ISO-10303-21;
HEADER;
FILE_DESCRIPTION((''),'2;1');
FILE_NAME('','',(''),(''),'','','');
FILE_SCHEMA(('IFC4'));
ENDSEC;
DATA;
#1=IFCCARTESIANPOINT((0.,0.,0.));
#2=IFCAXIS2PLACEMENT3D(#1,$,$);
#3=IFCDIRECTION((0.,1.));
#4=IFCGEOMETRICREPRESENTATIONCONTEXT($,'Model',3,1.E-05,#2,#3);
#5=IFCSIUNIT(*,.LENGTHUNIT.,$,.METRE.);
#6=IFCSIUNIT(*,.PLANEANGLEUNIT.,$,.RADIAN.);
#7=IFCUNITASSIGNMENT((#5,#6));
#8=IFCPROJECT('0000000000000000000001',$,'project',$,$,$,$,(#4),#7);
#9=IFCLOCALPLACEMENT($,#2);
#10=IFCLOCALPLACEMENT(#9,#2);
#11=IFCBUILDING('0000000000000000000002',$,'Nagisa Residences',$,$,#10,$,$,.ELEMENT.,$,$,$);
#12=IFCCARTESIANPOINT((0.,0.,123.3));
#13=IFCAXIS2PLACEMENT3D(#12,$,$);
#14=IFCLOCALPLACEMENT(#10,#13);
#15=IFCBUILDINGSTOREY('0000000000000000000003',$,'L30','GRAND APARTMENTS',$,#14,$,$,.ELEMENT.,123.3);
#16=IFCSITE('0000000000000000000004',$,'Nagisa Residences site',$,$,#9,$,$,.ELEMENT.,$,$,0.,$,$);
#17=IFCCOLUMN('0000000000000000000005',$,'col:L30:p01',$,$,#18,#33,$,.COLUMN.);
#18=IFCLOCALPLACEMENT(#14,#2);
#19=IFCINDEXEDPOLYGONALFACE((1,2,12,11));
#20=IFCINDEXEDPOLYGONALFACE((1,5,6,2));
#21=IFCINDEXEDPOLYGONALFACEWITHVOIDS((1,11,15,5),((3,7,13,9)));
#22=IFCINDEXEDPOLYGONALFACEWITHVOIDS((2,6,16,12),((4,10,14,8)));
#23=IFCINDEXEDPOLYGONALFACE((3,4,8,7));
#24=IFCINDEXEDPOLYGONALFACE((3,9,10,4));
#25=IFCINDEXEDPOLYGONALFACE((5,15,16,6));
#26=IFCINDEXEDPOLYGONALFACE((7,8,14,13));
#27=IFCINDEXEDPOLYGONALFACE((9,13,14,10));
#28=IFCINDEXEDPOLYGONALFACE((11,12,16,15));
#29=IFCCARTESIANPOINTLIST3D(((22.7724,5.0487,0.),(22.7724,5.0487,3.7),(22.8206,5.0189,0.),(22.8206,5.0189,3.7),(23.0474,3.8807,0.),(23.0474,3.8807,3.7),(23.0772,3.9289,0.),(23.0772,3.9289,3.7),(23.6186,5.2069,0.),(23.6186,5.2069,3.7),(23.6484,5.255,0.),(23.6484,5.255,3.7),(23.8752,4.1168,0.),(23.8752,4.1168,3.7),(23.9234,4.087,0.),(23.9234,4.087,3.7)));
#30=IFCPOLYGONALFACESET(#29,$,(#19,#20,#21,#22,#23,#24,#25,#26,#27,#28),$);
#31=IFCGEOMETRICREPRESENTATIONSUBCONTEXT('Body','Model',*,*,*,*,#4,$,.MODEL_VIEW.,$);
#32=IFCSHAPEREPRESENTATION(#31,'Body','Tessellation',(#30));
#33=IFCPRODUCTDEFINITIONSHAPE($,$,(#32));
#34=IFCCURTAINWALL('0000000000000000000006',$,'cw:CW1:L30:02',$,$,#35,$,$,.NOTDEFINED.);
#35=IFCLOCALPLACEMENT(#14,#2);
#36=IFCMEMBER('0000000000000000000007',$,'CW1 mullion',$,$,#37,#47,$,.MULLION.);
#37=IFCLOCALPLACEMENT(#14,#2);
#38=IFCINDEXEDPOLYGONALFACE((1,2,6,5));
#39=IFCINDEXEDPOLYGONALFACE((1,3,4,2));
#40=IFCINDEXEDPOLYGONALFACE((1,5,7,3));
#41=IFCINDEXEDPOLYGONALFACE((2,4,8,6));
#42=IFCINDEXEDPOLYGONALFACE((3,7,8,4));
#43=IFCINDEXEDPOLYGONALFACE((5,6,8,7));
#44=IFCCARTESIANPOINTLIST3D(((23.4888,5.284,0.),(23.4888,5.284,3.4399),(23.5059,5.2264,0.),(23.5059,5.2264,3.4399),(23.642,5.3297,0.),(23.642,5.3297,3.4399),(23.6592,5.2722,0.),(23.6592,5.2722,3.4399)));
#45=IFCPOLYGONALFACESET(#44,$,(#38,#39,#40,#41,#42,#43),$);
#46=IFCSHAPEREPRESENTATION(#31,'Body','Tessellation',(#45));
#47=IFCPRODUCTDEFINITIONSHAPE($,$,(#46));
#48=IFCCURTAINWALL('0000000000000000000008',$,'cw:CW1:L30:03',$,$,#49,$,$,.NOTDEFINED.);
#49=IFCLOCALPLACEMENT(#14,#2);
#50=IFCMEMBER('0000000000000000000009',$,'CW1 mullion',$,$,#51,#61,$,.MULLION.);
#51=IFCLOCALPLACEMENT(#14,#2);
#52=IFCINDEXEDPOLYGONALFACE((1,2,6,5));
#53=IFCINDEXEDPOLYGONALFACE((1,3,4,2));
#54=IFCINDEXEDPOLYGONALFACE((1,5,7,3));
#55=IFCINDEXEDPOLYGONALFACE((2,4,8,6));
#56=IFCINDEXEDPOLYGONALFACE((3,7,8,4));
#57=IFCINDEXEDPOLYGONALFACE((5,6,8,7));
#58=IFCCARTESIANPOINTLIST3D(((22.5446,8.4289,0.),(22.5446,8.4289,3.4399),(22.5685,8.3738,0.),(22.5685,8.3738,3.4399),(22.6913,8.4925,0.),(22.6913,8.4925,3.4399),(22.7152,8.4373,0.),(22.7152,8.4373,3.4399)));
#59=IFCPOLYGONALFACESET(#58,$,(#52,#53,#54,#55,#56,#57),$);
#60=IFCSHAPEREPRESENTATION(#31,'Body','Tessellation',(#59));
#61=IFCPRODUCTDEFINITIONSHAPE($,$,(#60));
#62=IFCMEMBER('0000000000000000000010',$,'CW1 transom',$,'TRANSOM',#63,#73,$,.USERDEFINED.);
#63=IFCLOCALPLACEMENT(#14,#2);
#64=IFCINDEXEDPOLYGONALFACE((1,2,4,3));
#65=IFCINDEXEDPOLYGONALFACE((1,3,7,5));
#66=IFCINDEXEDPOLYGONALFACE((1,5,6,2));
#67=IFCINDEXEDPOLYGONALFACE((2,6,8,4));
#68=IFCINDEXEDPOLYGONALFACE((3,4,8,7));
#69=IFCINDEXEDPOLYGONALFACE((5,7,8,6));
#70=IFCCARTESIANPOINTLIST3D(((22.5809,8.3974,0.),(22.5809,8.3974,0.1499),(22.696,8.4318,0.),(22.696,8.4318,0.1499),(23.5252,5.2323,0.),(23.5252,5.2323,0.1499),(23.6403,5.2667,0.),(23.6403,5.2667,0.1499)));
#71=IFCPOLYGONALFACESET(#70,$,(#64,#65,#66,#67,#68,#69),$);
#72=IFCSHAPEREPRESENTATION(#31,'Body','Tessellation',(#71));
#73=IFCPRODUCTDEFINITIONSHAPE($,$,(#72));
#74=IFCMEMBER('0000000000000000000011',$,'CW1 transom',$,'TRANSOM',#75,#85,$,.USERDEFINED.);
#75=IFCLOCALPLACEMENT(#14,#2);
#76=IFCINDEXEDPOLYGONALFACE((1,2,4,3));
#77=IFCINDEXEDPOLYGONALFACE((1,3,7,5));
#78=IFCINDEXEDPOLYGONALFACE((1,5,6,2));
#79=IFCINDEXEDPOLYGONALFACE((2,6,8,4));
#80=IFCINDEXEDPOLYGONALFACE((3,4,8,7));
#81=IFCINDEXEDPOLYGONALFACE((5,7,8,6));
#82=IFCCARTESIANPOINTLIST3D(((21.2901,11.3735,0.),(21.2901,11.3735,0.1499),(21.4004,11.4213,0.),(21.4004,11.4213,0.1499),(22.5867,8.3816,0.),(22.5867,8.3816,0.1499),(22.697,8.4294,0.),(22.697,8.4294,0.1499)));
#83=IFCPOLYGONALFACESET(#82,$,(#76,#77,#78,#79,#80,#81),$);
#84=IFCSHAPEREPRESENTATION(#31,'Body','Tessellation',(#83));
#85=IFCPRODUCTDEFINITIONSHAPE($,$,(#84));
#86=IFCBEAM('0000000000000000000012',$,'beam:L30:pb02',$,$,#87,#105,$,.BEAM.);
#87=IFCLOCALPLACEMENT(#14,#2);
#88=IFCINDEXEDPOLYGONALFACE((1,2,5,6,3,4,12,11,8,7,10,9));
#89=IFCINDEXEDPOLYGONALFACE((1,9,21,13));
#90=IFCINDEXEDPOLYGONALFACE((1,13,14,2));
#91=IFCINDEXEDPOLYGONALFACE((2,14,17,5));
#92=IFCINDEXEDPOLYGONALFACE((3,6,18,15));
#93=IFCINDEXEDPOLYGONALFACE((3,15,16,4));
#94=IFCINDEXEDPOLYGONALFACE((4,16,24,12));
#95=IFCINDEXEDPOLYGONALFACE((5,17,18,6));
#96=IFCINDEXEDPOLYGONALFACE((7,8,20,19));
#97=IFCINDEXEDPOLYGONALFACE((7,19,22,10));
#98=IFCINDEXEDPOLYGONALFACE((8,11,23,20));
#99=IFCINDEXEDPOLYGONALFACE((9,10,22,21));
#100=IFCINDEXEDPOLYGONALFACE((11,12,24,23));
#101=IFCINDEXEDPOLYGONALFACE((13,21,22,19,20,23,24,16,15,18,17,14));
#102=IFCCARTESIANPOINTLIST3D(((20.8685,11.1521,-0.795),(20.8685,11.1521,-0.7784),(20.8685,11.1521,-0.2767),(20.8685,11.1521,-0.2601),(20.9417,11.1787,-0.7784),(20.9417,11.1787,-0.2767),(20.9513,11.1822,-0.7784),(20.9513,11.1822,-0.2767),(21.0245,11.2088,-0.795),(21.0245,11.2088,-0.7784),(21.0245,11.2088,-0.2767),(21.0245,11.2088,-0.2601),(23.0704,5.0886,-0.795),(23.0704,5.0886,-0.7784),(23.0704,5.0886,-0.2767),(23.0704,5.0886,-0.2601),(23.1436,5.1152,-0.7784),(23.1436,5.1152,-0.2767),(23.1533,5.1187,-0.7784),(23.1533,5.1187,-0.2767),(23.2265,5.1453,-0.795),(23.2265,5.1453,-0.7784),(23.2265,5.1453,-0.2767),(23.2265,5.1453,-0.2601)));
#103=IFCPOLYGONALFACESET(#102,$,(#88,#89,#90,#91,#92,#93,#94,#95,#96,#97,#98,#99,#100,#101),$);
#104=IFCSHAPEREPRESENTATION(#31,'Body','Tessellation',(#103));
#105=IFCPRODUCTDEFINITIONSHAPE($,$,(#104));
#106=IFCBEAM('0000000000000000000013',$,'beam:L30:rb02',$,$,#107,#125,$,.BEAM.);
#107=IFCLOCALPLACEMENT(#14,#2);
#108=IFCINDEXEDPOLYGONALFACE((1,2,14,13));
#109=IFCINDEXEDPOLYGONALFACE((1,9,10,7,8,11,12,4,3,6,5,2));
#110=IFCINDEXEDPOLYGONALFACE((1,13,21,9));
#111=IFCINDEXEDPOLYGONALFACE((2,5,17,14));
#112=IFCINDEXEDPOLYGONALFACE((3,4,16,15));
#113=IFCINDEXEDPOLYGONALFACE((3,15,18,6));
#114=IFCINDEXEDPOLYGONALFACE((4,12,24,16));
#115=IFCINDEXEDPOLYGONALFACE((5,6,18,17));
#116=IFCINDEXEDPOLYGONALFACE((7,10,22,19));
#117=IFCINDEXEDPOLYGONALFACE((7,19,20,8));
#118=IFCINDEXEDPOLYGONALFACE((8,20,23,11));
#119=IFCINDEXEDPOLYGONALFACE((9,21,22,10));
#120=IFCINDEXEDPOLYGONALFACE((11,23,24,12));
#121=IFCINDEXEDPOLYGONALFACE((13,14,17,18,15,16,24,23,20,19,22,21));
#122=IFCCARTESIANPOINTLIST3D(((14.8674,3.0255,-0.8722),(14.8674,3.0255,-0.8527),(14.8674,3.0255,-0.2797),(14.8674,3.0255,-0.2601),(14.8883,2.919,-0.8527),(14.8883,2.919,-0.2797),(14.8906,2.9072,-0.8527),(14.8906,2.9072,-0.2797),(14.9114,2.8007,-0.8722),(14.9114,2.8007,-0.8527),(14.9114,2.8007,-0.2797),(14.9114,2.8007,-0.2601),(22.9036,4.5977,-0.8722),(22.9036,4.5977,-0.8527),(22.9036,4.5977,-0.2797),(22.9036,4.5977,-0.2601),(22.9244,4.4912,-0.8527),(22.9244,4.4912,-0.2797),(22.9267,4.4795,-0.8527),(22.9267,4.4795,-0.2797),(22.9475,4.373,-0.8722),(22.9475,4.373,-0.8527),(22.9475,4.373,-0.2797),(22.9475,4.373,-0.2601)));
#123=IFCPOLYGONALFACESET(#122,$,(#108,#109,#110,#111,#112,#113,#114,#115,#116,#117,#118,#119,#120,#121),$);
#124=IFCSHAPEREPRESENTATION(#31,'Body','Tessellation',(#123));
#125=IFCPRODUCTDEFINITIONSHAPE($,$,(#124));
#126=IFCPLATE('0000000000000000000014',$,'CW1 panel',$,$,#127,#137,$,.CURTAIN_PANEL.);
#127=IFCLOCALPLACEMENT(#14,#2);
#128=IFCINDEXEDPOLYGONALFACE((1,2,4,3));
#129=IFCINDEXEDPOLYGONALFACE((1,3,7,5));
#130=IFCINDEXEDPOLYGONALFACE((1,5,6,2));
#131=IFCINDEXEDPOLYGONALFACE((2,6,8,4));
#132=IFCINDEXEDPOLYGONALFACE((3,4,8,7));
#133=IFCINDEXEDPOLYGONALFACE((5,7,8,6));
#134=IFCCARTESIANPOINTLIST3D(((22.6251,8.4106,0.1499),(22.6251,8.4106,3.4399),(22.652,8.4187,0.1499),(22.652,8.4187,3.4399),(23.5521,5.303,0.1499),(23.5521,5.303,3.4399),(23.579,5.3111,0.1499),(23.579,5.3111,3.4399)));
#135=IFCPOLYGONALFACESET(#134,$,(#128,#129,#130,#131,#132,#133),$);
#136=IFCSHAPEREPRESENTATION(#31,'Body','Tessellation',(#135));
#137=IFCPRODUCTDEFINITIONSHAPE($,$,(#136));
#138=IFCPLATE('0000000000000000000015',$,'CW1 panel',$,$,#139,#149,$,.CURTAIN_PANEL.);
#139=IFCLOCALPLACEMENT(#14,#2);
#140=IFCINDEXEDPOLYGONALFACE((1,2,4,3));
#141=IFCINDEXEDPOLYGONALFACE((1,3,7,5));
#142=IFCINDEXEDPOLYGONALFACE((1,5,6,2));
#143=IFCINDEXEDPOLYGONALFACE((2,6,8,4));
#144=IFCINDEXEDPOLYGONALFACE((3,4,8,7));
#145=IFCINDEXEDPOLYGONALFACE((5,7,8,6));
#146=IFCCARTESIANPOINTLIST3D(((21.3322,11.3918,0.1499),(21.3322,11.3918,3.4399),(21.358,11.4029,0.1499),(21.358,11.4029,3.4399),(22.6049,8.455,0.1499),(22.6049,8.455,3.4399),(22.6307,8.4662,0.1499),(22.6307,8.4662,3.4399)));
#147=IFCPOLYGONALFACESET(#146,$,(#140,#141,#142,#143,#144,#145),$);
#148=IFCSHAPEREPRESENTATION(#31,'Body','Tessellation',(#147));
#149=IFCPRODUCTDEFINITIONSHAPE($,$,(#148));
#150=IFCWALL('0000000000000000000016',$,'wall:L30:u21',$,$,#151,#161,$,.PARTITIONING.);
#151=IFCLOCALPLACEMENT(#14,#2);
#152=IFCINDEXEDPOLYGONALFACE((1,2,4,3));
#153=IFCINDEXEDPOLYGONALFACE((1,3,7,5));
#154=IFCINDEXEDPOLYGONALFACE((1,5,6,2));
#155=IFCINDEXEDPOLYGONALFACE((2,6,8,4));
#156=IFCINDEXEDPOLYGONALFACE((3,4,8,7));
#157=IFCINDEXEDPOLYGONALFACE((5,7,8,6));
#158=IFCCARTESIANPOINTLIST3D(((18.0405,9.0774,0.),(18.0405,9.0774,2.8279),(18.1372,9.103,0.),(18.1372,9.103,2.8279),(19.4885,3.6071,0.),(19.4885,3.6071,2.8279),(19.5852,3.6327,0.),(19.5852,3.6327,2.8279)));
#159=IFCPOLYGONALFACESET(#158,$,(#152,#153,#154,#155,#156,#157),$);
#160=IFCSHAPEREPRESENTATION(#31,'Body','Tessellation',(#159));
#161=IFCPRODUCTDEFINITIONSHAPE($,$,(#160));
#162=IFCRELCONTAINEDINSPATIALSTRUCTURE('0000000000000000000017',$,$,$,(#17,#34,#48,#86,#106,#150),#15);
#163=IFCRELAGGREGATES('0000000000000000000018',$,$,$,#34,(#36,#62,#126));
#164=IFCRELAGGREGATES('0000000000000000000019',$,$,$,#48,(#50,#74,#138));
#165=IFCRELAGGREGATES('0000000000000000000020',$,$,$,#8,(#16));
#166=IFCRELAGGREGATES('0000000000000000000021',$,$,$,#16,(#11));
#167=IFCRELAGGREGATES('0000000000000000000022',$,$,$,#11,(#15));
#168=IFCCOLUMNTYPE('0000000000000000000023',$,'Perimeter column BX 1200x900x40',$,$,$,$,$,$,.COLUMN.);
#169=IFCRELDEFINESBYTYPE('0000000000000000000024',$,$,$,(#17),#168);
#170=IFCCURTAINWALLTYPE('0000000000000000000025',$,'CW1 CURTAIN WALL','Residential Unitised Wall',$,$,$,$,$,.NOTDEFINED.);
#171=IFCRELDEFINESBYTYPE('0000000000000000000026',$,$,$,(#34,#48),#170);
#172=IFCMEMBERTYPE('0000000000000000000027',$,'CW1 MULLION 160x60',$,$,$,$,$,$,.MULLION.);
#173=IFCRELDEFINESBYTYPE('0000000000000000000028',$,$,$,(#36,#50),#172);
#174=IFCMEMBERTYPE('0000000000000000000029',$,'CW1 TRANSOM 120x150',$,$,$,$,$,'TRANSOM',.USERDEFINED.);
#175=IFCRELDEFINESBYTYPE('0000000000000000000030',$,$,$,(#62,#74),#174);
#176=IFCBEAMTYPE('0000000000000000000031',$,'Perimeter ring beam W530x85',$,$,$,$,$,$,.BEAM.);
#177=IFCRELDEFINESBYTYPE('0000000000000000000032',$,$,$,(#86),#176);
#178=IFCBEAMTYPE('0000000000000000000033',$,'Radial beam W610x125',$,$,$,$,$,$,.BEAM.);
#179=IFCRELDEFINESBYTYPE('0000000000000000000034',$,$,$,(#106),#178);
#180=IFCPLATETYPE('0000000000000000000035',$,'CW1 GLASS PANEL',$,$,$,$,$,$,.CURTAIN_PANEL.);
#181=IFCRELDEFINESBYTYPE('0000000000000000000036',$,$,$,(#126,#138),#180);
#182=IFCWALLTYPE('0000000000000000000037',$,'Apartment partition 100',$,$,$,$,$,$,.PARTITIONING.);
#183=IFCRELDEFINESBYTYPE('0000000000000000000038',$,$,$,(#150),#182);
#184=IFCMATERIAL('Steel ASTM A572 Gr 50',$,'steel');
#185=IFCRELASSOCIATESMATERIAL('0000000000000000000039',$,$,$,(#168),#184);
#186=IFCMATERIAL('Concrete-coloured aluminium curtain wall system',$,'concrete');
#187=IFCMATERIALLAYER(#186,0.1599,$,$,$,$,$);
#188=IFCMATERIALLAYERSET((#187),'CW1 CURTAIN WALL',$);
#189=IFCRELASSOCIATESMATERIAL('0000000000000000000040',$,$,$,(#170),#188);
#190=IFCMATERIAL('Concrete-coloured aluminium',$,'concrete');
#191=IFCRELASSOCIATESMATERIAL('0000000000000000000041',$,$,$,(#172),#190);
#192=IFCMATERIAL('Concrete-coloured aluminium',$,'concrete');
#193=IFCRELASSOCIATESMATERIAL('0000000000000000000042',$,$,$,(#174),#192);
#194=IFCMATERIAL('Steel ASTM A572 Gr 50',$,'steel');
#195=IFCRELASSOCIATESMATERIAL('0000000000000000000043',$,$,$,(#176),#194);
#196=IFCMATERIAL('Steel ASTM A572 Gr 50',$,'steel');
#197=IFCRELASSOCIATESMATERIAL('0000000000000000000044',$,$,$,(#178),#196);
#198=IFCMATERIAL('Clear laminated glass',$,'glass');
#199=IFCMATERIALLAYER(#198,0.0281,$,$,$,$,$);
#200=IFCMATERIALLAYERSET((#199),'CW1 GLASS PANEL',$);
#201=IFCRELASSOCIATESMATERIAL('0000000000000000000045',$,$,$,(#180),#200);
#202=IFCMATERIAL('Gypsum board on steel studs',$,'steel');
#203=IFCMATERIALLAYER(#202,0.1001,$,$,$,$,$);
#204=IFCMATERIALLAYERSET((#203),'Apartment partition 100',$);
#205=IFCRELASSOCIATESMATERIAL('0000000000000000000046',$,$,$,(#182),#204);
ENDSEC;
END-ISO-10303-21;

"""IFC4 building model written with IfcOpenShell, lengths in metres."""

from ifc_helpers import new_model, si_unit, direction, frame, frame_2d, origin, origin_2d, place, context, subcontext, project, spatial, rectangle, hollow_rectangle, i_section, extrude, material, layer, layer_set, material_profile, profile_set, type_object, element, aggregate, save


model = new_model("IFC4")

# Units and contexts
model_context = context("Model", 3, precision=1e-05, world=origin(), true_north=direction((0.0, 1.0)))
body_context = subcontext(model_context, "Body", "Model", "MODEL_VIEW")
ifc_project = project(units=[si_unit("LENGTHUNIT", "METRE"), si_unit("PLANEANGLEUNIT", "RADIAN")], contexts=[model_context])

# Site, building, storey
site_placement = place(None, origin())
site = spatial("IfcSite", under=ifc_project, at=site_placement, Name="Nagisa Residences site", CompositionType="ELEMENT", RefElevation=0.0)
building_placement = place(site_placement, origin())
building = spatial("IfcBuilding", under=site, at=building_placement, Name="Nagisa Residences", CompositionType="ELEMENT")
storey_placement = place(building_placement, frame((0.0, 0.0, 123.3)))
storey = spatial("IfcBuildingStorey", under=building, at=storey_placement, Name="L30", Description="GRAND APARTMENTS", CompositionType="ELEMENT", Elevation=123.3)

# Column
ifc_material_1 = material(Name="Steel ASTM A572 Gr 50", Category="steel")
ifc_material_profile_1 = material_profile(ifc_material_1, hollow_rectangle(XDim=1.2, YDim=0.8999, WallThickness=0.04, at=origin_2d()), Name="BX 1200x900x40")
ifc_profile_set_1 = profile_set([ifc_material_profile_1], Name="Steel ASTM A572 Gr 50")
column_type = type_object("IfcColumnType", Name="Perimeter column BX 1200x900x40", PredefinedType="COLUMN", material=ifc_profile_set_1)
column_placement = place(storey_placement, frame((23.3479, 4.5679, 0.0), z_axis=(0.0, 0.0, 1.0), x_axis=(-0.229202, 0.973379, 0.0)))
element("IfcColumn", 1, at=column_placement, inside=storey, type_object=column_type, Name="col:L30:p01", PredefinedType="COLUMN", context=body_context, shape_type="SweptSolid", body=[
    extrude(hollow_rectangle(XDim=1.2, YDim=0.8999, WallThickness=0.04, at=origin_2d()), origin(), (0.0, 0.0, 1.0), 3.7),
])

# Curtain walls, members
ifc_material_2 = material(Name="Concrete-coloured aluminium curtain wall system", Category="concrete")
ifc_layer_1 = layer(ifc_material_2, 0.1599)
ifc_layer_set_1 = layer_set([ifc_layer_1], Name="CW1 CURTAIN WALL")
curtain_wall_type = type_object("IfcCurtainWallType", Name="CW1 CURTAIN WALL", Description="Residential Unitised Wall", PredefinedType="NOTDEFINED", material=ifc_layer_set_1)
curtain_wall_1_placement = place(storey_placement, origin())
curtain_wall_1 = element("IfcCurtainWall", 2, at=curtain_wall_1_placement, inside=storey, type_object=curtain_wall_type, Name="cw:CW1:L30:02", PredefinedType="NOTDEFINED")
ifc_material_3 = material(Name="Concrete-coloured aluminium", Category="concrete")
ifc_material_profile_2 = material_profile(ifc_material_3, rectangle(XDim=0.1599, YDim=0.0601, at=origin_2d()), Name="CW1 MULLION 160x60")
ifc_profile_set_2 = profile_set([ifc_material_profile_2], Name="Concrete-coloured aluminium")
member_type_1 = type_object("IfcMemberType", Name="CW1 MULLION 160x60", PredefinedType="MULLION", material=ifc_profile_set_2)
member_1_placement = place(storey_placement, frame((23.574, 5.2781, 0.0), z_axis=(0.0, 0.0, 1.0), x_axis=(-0.958271, -0.28586, 0.0)))
member_1 = element("IfcMember", 3, at=member_1_placement, type_object=member_type_1, Name="CW1 mullion", PredefinedType="MULLION", context=body_context, shape_type="SweptSolid", body=[
    extrude(rectangle(XDim=0.1599, YDim=0.0601, at=origin_2d()), origin(), (0.0, 0.0, 1.0), 3.4399),
])
curtain_wall_2_placement = place(storey_placement, origin())
curtain_wall_2 = element("IfcCurtainWall", 4, at=curtain_wall_2_placement, inside=storey, type_object=curtain_wall_type, Name="cw:CW1:L30:03", PredefinedType="NOTDEFINED")
member_2_placement = place(storey_placement, frame((22.6299, 8.4331, 0.0), z_axis=(0.0, 0.0, 1.0), x_axis=(-0.917543, -0.397636, 0.0)))
member_2 = element("IfcMember", 5, at=member_2_placement, type_object=member_type_1, Name="CW1 mullion", PredefinedType="MULLION", context=body_context, shape_type="SweptSolid", body=[
    extrude(rectangle(XDim=0.1599, YDim=0.0601, at=origin_2d()), origin(), (0.0, 0.0, 1.0), 3.4399),
])

# Members
ifc_material_4 = material(Name="Concrete-coloured aluminium", Category="concrete")
ifc_material_profile_3 = material_profile(ifc_material_4, rectangle(XDim=0.1201, YDim=0.1499, at=origin_2d()), Name="CW1 TRANSOM 120x150")
ifc_profile_set_3 = profile_set([ifc_material_profile_3], Name="Concrete-coloured aluminium")
member_type_2 = type_object("IfcMemberType", Name="CW1 TRANSOM 120x150", ElementType="TRANSOM", PredefinedType="USERDEFINED", material=ifc_profile_set_3)
member_3_placement = place(storey_placement, frame((23.5828, 5.2495, 0.075), z_axis=(-0.28591, 0.958257, 0.0), x_axis=(-0.958257, -0.28591, 0.0)))
member_3 = element("IfcMember", 6, at=member_3_placement, type_object=member_type_2, Name="CW1 transom", ObjectType="TRANSOM", PredefinedType="USERDEFINED", context=body_context, shape_type="SweptSolid", body=[
    extrude(rectangle(XDim=0.1201, YDim=0.1499, at=origin_2d()), origin(), (0.0, 0.0, 1.0), 3.303),
])
member_4_placement = place(storey_placement, frame((22.6418, 8.4055, 0.075), z_axis=(-0.397639, 0.917542, 0.0), x_axis=(-0.917542, -0.397639, 0.0)))
member_4 = element("IfcMember", 7, at=member_4_placement, type_object=member_type_2, Name="CW1 transom", ObjectType="TRANSOM", PredefinedType="USERDEFINED", context=body_context, shape_type="SweptSolid", body=[
    extrude(rectangle(XDim=0.1201, YDim=0.1499, at=origin_2d()), origin(), (0.0, 0.0, 1.0), 3.2607),
])

# Beams
ifc_material_5 = material(Name="Steel ASTM A572 Gr 50", Category="steel")
ifc_material_profile_4 = material_profile(ifc_material_5, i_section(OverallWidth=0.166, OverallDepth=0.5349, WebThickness=0.0103, FlangeThickness=0.0166, at=origin_2d()), Name="W530x85")
ifc_profile_set_4 = profile_set([ifc_material_profile_4], Name="Steel ASTM A572 Gr 50")
beam_type_1 = type_object("IfcBeamType", Name="Perimeter ring beam W530x85", PredefinedType="BEAM", material=ifc_profile_set_4)
beam_1_placement = place(storey_placement, frame((23.1484, 5.1169, -0.5276), z_axis=(-0.341333, 0.939943, 0.0), x_axis=(-0.939943, -0.341333, 0.0)))
element("IfcBeam", 8, at=beam_1_placement, inside=storey, type_object=beam_type_1, Name="beam:L30:pb02", PredefinedType="BEAM", context=body_context, shape_type="SweptSolid", body=[
    extrude(i_section(OverallWidth=0.166, OverallDepth=0.5349, WebThickness=0.0103, FlangeThickness=0.0166, at=origin_2d()), origin(), (0.0, 0.0, 1.0), 6.4509),
])
ifc_material_6 = material(Name="Steel ASTM A572 Gr 50", Category="steel")
ifc_material_profile_5 = material_profile(ifc_material_6, i_section(OverallWidth=0.229, OverallDepth=0.6121, WebThickness=0.012, FlangeThickness=0.0195, at=origin_2d()), Name="W610x125")
ifc_profile_set_5 = profile_set([ifc_material_profile_5], Name="Steel ASTM A572 Gr 50")
beam_type_2 = type_object("IfcBeamType", Name="Radial beam W610x125", PredefinedType="BEAM", material=ifc_profile_set_5)
beam_2_placement = place(storey_placement, frame((22.9255, 4.4854, -0.5662), z_axis=(-0.981393, -0.192009, 0.0), x_axis=(0.192009, -0.981393, 0.0)))
element("IfcBeam", 9, at=beam_2_placement, inside=storey, type_object=beam_type_2, Name="beam:L30:rb02", PredefinedType="BEAM", context=body_context, shape_type="SweptSolid", body=[
    extrude(i_section(OverallWidth=0.229, OverallDepth=0.6121, WebThickness=0.012, FlangeThickness=0.0195, at=origin_2d()), origin(), (0.0, 0.0, 1.0), 8.1885),
])

# Plates
ifc_material_7 = material(Name="Clear laminated glass", Category="glass")
ifc_layer_2 = layer(ifc_material_7, 0.0281)
ifc_layer_set_2 = layer_set([ifc_layer_2], Name="CW1 GLASS PANEL")
plate_type = type_object("IfcPlateType", Name="CW1 GLASS PANEL", PredefinedType="CURTAIN_PANEL", material=ifc_layer_set_2)
plate_1_placement = place(storey_placement, frame((23.1021, 6.8608, 0.1499), z_axis=(0.0, 0.0, 1.0), x_axis=(-0.28586, 0.958271, 0.0)))
plate_1 = element("IfcPlate", 10, at=plate_1_placement, type_object=plate_type, Name="CW1 panel", PredefinedType="CURTAIN_PANEL", context=body_context, shape_type="SweptSolid", body=[
    extrude(rectangle(XDim=3.2429, YDim=0.0281, at=origin_2d()), origin(), (0.0, 0.0, 1.0), 3.29),
])
aggregate(curtain_wall_1, [member_1, member_3, plate_1])
plate_2_placement = place(storey_placement, frame((21.9814, 9.929, 0.1499), z_axis=(0.0, 0.0, 1.0), x_axis=(-0.397636, 0.917543, 0.0)))
plate_2 = element("IfcPlate", 11, at=plate_2_placement, type_object=plate_type, Name="CW1 panel", PredefinedType="CURTAIN_PANEL", context=body_context, shape_type="SweptSolid", body=[
    extrude(rectangle(XDim=3.2007, YDim=0.0281, at=origin_2d()), origin(), (0.0, 0.0, 1.0), 3.29),
])
aggregate(curtain_wall_2, [member_2, member_4, plate_2])

# Wall
ifc_material_8 = material(Name="Gypsum board on steel studs", Category="steel")
ifc_layer_3 = layer(ifc_material_8, 0.1001)
ifc_layer_set_3 = layer_set([ifc_layer_3], Name="Apartment partition 100")
wall_type_1 = type_object("IfcWallType", Name="Apartment partition 100", PredefinedType="PARTITIONING", material=ifc_layer_set_3)
wall_1_placement = place(storey_placement, frame((19.5369, 3.6199, 0.0), z_axis=(0.0, 0.0, 1.0), x_axis=(-0.255893, 0.966705, 0.0)))
element("IfcWall", 12, at=wall_1_placement, inside=storey, type_object=wall_type_1, Name="wall:L30:u21", PredefinedType="PARTITIONING", context=body_context, shape_type="SweptSolid", body=[
    extrude(rectangle(XDim=5.6587, YDim=0.1001, at=frame_2d((2.8293, 0.0))), origin(), (0.0, 0.0, 1.0), 2.8279),
])

save(model, "model.ifc")
